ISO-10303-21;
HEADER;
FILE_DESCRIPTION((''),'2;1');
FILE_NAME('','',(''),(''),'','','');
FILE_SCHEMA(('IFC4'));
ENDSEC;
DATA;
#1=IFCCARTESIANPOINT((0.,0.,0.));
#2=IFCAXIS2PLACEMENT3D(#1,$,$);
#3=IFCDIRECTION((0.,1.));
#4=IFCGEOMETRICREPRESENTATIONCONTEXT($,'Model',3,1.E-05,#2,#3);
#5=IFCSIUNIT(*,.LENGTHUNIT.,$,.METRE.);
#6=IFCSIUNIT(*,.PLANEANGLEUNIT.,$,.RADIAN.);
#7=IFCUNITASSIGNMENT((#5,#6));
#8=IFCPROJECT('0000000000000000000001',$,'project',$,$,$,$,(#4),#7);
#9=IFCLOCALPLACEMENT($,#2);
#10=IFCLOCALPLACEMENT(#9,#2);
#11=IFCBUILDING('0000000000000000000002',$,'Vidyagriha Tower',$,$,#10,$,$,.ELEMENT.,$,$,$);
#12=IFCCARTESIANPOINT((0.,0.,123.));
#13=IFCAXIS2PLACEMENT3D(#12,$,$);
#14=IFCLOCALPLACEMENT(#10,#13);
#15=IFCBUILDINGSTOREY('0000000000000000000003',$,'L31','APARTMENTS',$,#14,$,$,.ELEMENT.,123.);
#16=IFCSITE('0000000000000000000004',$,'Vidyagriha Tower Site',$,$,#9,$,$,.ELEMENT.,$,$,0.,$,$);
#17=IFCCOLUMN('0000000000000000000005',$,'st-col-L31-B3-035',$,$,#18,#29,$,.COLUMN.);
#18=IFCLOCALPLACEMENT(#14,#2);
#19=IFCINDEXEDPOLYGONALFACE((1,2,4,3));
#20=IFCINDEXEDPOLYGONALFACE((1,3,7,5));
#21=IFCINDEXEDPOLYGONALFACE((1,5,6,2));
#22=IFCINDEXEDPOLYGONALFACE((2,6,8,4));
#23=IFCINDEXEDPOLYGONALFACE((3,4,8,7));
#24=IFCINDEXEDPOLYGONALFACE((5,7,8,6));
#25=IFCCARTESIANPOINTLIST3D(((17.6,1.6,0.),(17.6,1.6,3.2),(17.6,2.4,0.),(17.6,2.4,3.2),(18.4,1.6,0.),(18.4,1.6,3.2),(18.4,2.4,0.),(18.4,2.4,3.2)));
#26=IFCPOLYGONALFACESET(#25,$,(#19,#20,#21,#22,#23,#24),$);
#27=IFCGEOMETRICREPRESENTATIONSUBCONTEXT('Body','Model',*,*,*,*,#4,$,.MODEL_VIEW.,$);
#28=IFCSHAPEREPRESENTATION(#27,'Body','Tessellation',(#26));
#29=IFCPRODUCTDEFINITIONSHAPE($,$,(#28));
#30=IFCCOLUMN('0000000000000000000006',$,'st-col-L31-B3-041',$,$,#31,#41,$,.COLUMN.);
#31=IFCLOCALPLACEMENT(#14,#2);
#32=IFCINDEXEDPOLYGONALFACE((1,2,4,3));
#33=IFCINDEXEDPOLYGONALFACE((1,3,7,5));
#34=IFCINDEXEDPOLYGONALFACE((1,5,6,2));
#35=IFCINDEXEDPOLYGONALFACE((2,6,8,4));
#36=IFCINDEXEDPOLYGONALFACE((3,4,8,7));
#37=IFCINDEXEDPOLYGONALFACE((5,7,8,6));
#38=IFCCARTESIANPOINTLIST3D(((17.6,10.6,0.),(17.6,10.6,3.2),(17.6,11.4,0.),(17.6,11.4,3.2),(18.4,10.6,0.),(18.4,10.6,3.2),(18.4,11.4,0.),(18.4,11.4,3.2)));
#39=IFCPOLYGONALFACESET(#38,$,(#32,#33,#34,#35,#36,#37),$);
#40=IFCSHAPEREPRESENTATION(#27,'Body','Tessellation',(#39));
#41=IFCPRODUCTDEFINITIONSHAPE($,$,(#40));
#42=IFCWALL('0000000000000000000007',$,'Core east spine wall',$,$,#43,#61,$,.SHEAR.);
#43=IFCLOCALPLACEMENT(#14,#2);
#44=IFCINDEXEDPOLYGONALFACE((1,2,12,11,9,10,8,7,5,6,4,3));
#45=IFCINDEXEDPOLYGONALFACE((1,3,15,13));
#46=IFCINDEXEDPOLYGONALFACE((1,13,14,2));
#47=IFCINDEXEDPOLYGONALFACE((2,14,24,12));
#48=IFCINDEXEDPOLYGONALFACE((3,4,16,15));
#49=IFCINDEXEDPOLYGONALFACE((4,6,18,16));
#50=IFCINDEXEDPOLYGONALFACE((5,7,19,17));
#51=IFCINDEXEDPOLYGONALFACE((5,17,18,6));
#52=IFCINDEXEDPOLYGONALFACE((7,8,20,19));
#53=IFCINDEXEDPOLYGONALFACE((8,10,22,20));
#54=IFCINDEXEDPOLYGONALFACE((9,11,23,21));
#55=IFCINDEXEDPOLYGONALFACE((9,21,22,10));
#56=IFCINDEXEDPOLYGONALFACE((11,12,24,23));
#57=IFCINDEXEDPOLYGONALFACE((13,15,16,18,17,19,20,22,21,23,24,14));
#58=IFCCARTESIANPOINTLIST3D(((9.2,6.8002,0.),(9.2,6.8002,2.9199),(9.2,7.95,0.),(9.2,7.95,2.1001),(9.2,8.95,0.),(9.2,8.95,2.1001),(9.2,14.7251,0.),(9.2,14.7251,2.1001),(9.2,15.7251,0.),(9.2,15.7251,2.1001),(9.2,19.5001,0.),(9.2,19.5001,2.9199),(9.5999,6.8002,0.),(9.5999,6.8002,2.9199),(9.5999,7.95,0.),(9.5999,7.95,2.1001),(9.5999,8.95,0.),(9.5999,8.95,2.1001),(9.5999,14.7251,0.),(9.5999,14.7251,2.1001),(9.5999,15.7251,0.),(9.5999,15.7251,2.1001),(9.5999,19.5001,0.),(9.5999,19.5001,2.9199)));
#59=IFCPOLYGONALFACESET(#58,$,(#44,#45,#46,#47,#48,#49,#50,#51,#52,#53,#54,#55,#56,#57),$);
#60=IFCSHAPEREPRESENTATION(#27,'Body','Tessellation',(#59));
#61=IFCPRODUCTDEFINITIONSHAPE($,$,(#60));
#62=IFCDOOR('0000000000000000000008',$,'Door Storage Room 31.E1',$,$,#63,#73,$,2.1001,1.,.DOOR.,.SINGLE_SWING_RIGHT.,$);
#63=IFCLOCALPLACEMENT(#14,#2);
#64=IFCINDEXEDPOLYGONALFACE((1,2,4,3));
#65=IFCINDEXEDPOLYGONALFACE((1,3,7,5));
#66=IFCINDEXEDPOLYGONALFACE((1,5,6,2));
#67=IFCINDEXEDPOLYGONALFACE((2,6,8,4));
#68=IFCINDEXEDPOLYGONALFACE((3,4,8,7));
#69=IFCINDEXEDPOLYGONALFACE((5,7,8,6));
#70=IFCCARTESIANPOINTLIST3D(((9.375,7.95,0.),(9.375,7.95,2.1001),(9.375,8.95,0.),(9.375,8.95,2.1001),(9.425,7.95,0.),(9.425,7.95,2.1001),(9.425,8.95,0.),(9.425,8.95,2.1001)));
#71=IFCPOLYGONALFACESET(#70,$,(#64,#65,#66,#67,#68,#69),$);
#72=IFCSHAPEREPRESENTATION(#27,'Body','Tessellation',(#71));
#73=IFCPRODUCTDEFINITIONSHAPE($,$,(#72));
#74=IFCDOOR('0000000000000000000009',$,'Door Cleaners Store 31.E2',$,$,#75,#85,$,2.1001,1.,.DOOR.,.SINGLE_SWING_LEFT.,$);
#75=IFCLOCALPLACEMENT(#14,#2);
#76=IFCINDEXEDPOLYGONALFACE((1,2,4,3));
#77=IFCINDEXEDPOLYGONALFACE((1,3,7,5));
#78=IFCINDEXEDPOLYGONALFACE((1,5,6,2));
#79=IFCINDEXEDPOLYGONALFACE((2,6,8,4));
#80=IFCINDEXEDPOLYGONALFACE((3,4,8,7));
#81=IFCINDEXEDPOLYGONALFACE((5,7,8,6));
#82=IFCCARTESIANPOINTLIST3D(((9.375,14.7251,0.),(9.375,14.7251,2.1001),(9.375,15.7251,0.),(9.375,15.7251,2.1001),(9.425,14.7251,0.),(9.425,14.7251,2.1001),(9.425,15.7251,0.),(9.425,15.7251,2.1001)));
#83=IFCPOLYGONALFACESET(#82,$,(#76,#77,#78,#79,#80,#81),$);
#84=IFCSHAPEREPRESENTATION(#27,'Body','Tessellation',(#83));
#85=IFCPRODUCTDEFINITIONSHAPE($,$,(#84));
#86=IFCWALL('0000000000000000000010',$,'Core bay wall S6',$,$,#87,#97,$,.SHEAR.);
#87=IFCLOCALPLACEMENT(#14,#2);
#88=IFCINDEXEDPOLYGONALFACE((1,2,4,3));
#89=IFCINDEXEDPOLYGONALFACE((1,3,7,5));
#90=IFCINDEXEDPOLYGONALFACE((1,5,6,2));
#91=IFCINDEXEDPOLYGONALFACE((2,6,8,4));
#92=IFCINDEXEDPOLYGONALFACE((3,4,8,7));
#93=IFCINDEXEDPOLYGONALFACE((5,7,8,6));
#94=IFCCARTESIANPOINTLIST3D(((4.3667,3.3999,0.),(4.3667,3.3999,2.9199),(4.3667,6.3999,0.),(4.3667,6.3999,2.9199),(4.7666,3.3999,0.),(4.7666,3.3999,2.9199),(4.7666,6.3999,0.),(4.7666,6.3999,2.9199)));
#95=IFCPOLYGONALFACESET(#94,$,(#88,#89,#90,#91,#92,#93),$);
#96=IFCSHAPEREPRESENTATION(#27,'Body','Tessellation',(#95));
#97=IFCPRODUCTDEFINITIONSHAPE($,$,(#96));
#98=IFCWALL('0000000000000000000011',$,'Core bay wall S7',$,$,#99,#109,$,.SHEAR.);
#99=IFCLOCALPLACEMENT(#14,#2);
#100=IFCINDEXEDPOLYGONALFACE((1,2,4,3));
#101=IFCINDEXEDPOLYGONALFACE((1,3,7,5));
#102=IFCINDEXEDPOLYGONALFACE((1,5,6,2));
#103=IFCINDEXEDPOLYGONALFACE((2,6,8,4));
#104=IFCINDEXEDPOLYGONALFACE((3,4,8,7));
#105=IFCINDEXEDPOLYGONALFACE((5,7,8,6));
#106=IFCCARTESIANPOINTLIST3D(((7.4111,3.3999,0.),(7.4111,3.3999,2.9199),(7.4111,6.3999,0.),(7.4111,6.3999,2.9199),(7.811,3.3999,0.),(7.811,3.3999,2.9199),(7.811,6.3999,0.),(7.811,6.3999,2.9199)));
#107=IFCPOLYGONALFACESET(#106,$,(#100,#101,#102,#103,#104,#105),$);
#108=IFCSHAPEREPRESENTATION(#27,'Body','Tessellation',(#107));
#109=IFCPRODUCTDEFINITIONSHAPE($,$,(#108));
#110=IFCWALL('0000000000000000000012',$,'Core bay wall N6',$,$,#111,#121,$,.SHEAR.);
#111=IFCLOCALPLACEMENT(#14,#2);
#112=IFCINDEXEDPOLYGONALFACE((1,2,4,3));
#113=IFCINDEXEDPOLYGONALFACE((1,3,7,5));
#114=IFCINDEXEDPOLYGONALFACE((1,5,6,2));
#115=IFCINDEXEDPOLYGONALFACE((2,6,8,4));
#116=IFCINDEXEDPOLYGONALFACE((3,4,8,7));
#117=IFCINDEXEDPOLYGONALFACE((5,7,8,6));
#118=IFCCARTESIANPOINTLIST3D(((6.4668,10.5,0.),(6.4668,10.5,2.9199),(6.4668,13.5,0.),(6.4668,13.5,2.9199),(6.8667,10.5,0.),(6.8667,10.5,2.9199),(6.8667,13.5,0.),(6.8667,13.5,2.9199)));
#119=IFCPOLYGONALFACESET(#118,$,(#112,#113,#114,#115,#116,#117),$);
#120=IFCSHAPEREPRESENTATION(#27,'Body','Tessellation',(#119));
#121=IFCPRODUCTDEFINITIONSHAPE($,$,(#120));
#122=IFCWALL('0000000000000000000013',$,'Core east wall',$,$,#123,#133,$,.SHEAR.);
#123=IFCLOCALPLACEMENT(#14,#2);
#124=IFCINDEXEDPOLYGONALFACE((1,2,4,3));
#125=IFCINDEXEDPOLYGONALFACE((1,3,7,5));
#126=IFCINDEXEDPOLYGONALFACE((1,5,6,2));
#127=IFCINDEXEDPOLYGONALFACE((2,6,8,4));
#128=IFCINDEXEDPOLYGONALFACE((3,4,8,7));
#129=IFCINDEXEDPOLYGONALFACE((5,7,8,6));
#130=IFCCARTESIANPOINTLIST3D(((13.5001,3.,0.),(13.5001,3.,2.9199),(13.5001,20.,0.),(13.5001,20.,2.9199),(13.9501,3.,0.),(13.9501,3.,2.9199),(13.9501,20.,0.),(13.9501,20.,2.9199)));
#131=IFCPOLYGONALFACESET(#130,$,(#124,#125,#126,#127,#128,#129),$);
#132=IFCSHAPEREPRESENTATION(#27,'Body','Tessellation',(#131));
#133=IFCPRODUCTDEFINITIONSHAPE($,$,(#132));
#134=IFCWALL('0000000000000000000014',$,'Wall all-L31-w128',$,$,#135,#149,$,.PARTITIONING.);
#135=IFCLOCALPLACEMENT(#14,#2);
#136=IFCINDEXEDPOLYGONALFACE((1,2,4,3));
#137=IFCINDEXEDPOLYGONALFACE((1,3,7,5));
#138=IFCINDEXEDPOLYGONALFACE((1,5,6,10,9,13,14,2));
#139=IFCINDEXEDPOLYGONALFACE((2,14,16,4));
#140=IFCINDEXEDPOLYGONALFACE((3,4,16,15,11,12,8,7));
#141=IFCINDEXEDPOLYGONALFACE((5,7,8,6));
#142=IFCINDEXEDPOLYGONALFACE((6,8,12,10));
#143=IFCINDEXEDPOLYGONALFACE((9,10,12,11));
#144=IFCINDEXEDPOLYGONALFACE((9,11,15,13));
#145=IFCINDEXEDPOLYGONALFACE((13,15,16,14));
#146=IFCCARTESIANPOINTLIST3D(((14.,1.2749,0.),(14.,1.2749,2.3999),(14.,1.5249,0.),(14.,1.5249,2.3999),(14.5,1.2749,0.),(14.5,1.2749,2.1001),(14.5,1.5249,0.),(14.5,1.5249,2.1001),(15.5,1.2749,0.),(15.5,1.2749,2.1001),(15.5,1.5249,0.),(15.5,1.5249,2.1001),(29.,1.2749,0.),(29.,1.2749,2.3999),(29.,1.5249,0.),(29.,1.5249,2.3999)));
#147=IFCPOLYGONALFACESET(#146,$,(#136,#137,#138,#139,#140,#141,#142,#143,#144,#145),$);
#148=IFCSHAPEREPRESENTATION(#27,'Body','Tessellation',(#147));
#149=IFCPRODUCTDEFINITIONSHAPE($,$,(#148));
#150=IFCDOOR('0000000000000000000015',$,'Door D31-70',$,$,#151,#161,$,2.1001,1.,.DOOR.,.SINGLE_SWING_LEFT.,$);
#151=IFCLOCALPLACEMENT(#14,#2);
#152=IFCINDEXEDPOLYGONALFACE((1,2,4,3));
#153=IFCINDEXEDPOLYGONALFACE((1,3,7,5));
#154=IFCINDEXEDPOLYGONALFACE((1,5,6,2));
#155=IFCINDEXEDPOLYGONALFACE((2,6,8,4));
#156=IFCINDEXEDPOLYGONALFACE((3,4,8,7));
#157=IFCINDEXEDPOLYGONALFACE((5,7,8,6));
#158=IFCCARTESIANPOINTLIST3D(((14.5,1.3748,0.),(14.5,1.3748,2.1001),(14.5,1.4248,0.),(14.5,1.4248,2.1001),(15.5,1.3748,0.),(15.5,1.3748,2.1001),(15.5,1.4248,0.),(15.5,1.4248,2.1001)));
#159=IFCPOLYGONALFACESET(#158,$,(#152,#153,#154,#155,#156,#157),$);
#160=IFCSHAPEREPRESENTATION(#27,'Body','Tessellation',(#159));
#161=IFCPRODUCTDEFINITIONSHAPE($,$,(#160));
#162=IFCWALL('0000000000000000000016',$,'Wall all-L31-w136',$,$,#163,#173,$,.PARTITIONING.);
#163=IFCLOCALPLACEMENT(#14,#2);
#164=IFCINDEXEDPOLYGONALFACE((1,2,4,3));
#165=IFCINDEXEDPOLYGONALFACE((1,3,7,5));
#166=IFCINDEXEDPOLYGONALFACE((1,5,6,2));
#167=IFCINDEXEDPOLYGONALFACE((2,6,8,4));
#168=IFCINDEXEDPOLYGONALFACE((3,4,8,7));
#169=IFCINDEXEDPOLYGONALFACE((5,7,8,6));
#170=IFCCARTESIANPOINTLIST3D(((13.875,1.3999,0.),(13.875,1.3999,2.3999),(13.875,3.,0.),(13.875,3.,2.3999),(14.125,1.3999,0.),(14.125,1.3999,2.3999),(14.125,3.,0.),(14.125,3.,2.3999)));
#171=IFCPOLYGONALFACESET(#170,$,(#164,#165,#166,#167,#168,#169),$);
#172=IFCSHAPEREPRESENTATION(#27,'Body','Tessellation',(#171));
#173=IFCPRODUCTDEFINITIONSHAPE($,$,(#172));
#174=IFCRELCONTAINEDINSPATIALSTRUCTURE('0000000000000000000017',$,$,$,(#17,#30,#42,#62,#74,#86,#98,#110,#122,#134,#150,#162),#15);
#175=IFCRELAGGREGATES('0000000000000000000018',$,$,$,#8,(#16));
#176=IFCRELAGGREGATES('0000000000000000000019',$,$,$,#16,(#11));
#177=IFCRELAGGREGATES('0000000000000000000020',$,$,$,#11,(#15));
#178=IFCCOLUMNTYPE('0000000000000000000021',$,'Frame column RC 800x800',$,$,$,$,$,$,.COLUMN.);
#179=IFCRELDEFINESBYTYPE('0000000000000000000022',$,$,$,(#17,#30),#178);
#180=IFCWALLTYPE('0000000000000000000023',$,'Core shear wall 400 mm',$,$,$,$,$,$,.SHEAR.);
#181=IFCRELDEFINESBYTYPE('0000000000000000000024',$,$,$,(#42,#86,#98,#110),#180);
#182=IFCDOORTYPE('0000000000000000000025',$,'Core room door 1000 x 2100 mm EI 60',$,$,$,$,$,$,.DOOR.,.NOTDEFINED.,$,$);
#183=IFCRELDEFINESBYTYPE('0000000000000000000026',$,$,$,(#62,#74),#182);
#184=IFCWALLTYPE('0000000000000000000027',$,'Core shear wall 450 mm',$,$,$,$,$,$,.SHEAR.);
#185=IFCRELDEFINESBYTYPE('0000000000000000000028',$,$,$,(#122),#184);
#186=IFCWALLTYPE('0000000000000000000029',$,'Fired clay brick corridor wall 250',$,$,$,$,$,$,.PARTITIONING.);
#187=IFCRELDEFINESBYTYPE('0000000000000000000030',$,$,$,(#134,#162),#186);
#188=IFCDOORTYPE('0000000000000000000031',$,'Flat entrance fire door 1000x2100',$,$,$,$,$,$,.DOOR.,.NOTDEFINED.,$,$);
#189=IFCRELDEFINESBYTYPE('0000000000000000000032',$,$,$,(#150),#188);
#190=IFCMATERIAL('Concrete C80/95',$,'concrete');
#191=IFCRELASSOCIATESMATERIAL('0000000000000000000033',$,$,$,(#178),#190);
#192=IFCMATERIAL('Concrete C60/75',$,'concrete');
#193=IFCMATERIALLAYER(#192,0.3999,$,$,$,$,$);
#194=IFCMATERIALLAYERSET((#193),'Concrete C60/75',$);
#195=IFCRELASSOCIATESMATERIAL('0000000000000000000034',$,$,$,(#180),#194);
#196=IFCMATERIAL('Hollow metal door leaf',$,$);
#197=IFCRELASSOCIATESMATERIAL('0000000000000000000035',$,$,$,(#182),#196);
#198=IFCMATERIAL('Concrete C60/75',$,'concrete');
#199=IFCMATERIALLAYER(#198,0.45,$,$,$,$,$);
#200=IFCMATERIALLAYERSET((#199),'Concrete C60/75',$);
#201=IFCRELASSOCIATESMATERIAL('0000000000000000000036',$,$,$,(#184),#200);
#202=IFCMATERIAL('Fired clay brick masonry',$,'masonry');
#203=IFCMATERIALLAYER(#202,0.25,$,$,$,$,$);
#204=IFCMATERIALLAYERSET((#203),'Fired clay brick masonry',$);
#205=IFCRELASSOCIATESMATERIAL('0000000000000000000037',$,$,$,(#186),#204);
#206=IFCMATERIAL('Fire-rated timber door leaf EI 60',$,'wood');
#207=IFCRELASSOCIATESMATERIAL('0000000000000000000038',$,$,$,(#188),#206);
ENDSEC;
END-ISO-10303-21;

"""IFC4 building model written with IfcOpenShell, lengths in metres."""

from ifc_helpers import new_model, si_unit, direction, frame, frame_2d, origin, origin_2d, place, context, subcontext, project, spatial, rectangle, extrude, material, layer, layer_set, material_profile, profile_set, type_object, element, fill, save


model = new_model("IFC4")

# Units and contexts
model_context = context("Model", 3, precision=1e-05, world=origin(), true_north=direction((0.0, 1.0)))
body_context = subcontext(model_context, "Body", "Model", "MODEL_VIEW")
ifc_project = project(units=[si_unit("LENGTHUNIT", "METRE"), si_unit("PLANEANGLEUNIT", "RADIAN")], contexts=[model_context])

# Site, building, storey
site_placement = place(None, origin())
site = spatial("IfcSite", under=ifc_project, at=site_placement, Name="Vidyagriha Tower Site", CompositionType="ELEMENT", RefElevation=0.0)
building_placement = place(site_placement, origin())
building = spatial("IfcBuilding", under=site, at=building_placement, Name="Vidyagriha Tower", CompositionType="ELEMENT")
storey_placement = place(building_placement, frame((0.0, 0.0, 123.0)))
storey = spatial("IfcBuildingStorey", under=building, at=storey_placement, Name="L31", Description="APARTMENTS", CompositionType="ELEMENT", Elevation=123.0)

# Columns
ifc_material_1 = material(Name="Concrete C80/95", Category="concrete")
ifc_material_profile = material_profile(ifc_material_1, rectangle(XDim=0.8, YDim=0.8, at=origin_2d()), Name="RC 800x800")
ifc_profile_set = profile_set([ifc_material_profile], Name="Concrete C80/95")
column_type = type_object("IfcColumnType", Name="Frame column RC 800x800", PredefinedType="COLUMN", material=ifc_profile_set)
for number, where, name in (
    (1, (18.0, 2.0, 0.0), "st-col-L31-B3-035"),
    (2, (18.0, 11.0, 0.0), "st-col-L31-B3-041"),
):
    element("IfcColumn", number, at=place(storey_placement, frame(where)), inside=storey, type_object=column_type, Name=name, PredefinedType="COLUMN", context=body_context, shape_type="SweptSolid", body=[
        extrude(rectangle(XDim=0.8, YDim=0.8, at=origin_2d()), origin(), (0.0, 0.0, 1.0), 3.2),
    ])

# Wall, openings, doors
ifc_material_2 = material(Name="Concrete C60/75", Category="concrete")
ifc_layer_1 = layer(ifc_material_2, 0.3999)
ifc_layer_set_1 = layer_set([ifc_layer_1], Name="Concrete C60/75")
wall_type_1 = type_object("IfcWallType", Name="Core shear wall 400 mm", PredefinedType="SHEAR", material=ifc_layer_set_1)
wall_1_placement = place(storey_placement, frame((9.3999, 6.8, 0.0), z_axis=(0.0, 0.0, 1.0), x_axis=(0.0, 1.0, 0.0)))
wall_1 = element("IfcWall", 3, at=wall_1_placement, inside=storey, type_object=wall_type_1, Name="Core east spine wall", PredefinedType="SHEAR", context=body_context, shape_type="SweptSolid", body=[
    extrude(rectangle(XDim=12.7, YDim=0.3999, at=frame_2d((6.3501, 0.0))), origin(), (0.0, 0.0, 1.0), 2.9199),
])
opening_1_placement = place(wall_1_placement, frame((1.1499, 0.0, 0.0)))
opening_1 = element("IfcOpeningElement", 4, at=opening_1_placement, cuts=wall_1, PredefinedType="OPENING", context=body_context, shape_type="SweptSolid", body=[
    extrude(rectangle(XDim=1.0, YDim=2.1001, at=frame_2d((0.5, 1.05))), frame((0.0, 0.21, 0.0), z_axis=(0.0, -1.0, 0.0), x_axis=(1.0, 0.0, 0.0)), (0.0, 0.0, 1.0), 0.4199),
])
opening_2_placement = place(wall_1_placement, frame((7.925, 0.0, 0.0)))
opening_2 = element("IfcOpeningElement", 5, at=opening_2_placement, cuts=wall_1, PredefinedType="OPENING", context=body_context, shape_type="SweptSolid", body=[
    extrude(rectangle(XDim=1.0, YDim=2.1001, at=frame_2d((0.5, 1.05))), frame((0.0, 0.21, 0.0), z_axis=(0.0, -1.0, 0.0), x_axis=(1.0, 0.0, 0.0)), (0.0, 0.0, 1.0), 0.4199),
])
ifc_material_3 = material(Name="Hollow metal door leaf")
door_type_1 = type_object("IfcDoorType", Name="Core room door 1000 x 2100 mm EI 60", OperationType="NOTDEFINED", PredefinedType="DOOR", material=ifc_material_3)
door_1_placement = place(opening_1_placement, origin())
door_1 = element("IfcDoor", 6, at=door_1_placement, inside=storey, type_object=door_type_1, Name="Door Storage Room 31.E1", OperationType="SINGLE_SWING_RIGHT", OverallHeight=2.1001, OverallWidth=1.0, PredefinedType="DOOR", context=body_context, shape_type="SweptSolid", body=[
    extrude(rectangle(XDim=1.0, YDim=2.1001, at=frame_2d((0.5, 1.05))), frame((0.0, 0.0249, 0.0), z_axis=(0.0, -1.0, 0.0), x_axis=(1.0, 0.0, 0.0)), (0.0, 0.0, 1.0), 0.05),
])
fill(opening_1, door_1)
door_2_placement = place(opening_2_placement, origin())
door_2 = element("IfcDoor", 7, at=door_2_placement, inside=storey, type_object=door_type_1, Name="Door Cleaners Store 31.E2", OperationType="SINGLE_SWING_LEFT", OverallHeight=2.1001, OverallWidth=1.0, PredefinedType="DOOR", context=body_context, shape_type="SweptSolid", body=[
    extrude(rectangle(XDim=1.0, YDim=2.1001, at=frame_2d((0.5, 1.05))), frame((0.0, 0.0249, 0.0), z_axis=(0.0, -1.0, 0.0), x_axis=(1.0, 0.0, 0.0)), (0.0, 0.0, 1.0), 0.05),
])
fill(opening_2, door_2)

# Walls
for number, where, z_axis, x_axis, name in (
    (8, (4.5667, 3.3999, 0.0), (0.0, 0.0, 1.0), (0.0, 1.0, 0.0), "Core bay wall S6"),
    (9, (7.6111, 3.3999, 0.0), (0.0, 0.0, 1.0), (0.0, 1.0, 0.0), "Core bay wall S7"),
    (10, (6.6667, 10.5, 0.0), (0.0, 0.0, 1.0), (0.0, 1.0, 0.0), "Core bay wall N6"),
):
    element("IfcWall", number, at=place(storey_placement, frame(where, z_axis=z_axis, x_axis=x_axis)), inside=storey, type_object=wall_type_1, Name=name, PredefinedType="SHEAR", context=body_context, shape_type="SweptSolid", body=[
        extrude(rectangle(XDim=3.0, YDim=0.3999, at=frame_2d((1.5, 0.0))), origin(), (0.0, 0.0, 1.0), 2.9199),
    ])
ifc_material_4 = material(Name="Concrete C60/75", Category="concrete")
ifc_layer_2 = layer(ifc_material_4, 0.45)
ifc_layer_set_2 = layer_set([ifc_layer_2], Name="Concrete C60/75")
wall_type_2 = type_object("IfcWallType", Name="Core shear wall 450 mm", PredefinedType="SHEAR", material=ifc_layer_set_2)
wall_2_placement = place(storey_placement, frame((13.7251, 3.0, 0.0), z_axis=(0.0, 0.0, 1.0), x_axis=(0.0, 1.0, 0.0)))
element("IfcWall", 11, at=wall_2_placement, inside=storey, type_object=wall_type_2, Name="Core east wall", PredefinedType="SHEAR", context=body_context, shape_type="SweptSolid", body=[
    extrude(rectangle(XDim=17.0, YDim=0.45, at=frame_2d((8.5, 0.0))), origin(), (0.0, 0.0, 1.0), 2.9199),
])

# Wall, opening, door
ifc_material_5 = material(Name="Fired clay brick masonry", Category="masonry")
ifc_layer_3 = layer(ifc_material_5, 0.25)
ifc_layer_set_3 = layer_set([ifc_layer_3], Name="Fired clay brick masonry")
wall_type_3 = type_object("IfcWallType", Name="Fired clay brick corridor wall 250", PredefinedType="PARTITIONING", material=ifc_layer_set_3)
wall_3_placement = place(storey_placement, frame((14.0, 1.3999, 0.0)))
wall_3 = element("IfcWall", 12, at=wall_3_placement, inside=storey, type_object=wall_type_3, Name="Wall all-L31-w128", PredefinedType="PARTITIONING", context=body_context, shape_type="SweptSolid", body=[
    extrude(rectangle(XDim=15.0, YDim=0.25, at=frame_2d((7.5, 0.0))), origin(), (0.0, 0.0, 1.0), 2.3999),
])
opening_3_placement = place(wall_3_placement, frame((0.5, 0.0, 0.0)))
opening_3 = element("IfcOpeningElement", 13, at=opening_3_placement, cuts=wall_3, PredefinedType="OPENING", context=body_context, shape_type="SweptSolid", body=[
    extrude(rectangle(XDim=1.0, YDim=2.1001, at=frame_2d((0.5, 1.05))), frame((0.0, 0.135, 0.0), z_axis=(0.0, -1.0, 0.0), x_axis=(1.0, 0.0, 0.0)), (0.0, 0.0, 1.0), 0.27),
])
ifc_material_6 = material(Name="Fire-rated timber door leaf EI 60", Category="wood")
door_type_2 = type_object("IfcDoorType", Name="Flat entrance fire door 1000x2100", OperationType="NOTDEFINED", PredefinedType="DOOR", material=ifc_material_6)
door_3_placement = place(opening_3_placement, origin())
door_3 = element("IfcDoor", 14, at=door_3_placement, inside=storey, type_object=door_type_2, Name="Door D31-70", OperationType="SINGLE_SWING_LEFT", OverallHeight=2.1001, OverallWidth=1.0, PredefinedType="DOOR", context=body_context, shape_type="SweptSolid", body=[
    extrude(rectangle(XDim=1.0, YDim=2.1001, at=frame_2d((0.5, 1.05))), frame((0.0, 0.0249, 0.0), z_axis=(0.0, -1.0, 0.0), x_axis=(1.0, 0.0, 0.0)), (0.0, 0.0, 1.0), 0.05),
])
fill(opening_3, door_3)

# Wall
wall_4_placement = place(storey_placement, frame((14.0, 1.3999, 0.0), z_axis=(0.0, 0.0, 1.0), x_axis=(0.0, 1.0, 0.0)))
element("IfcWall", 15, at=wall_4_placement, inside=storey, type_object=wall_type_3, Name="Wall all-L31-w136", PredefinedType="PARTITIONING", context=body_context, shape_type="SweptSolid", body=[
    extrude(rectangle(XDim=1.6001, YDim=0.25, at=frame_2d((0.8, 0.0))), origin(), (0.0, 0.0, 1.0), 2.3999),
])

save(model, "model.ifc")
